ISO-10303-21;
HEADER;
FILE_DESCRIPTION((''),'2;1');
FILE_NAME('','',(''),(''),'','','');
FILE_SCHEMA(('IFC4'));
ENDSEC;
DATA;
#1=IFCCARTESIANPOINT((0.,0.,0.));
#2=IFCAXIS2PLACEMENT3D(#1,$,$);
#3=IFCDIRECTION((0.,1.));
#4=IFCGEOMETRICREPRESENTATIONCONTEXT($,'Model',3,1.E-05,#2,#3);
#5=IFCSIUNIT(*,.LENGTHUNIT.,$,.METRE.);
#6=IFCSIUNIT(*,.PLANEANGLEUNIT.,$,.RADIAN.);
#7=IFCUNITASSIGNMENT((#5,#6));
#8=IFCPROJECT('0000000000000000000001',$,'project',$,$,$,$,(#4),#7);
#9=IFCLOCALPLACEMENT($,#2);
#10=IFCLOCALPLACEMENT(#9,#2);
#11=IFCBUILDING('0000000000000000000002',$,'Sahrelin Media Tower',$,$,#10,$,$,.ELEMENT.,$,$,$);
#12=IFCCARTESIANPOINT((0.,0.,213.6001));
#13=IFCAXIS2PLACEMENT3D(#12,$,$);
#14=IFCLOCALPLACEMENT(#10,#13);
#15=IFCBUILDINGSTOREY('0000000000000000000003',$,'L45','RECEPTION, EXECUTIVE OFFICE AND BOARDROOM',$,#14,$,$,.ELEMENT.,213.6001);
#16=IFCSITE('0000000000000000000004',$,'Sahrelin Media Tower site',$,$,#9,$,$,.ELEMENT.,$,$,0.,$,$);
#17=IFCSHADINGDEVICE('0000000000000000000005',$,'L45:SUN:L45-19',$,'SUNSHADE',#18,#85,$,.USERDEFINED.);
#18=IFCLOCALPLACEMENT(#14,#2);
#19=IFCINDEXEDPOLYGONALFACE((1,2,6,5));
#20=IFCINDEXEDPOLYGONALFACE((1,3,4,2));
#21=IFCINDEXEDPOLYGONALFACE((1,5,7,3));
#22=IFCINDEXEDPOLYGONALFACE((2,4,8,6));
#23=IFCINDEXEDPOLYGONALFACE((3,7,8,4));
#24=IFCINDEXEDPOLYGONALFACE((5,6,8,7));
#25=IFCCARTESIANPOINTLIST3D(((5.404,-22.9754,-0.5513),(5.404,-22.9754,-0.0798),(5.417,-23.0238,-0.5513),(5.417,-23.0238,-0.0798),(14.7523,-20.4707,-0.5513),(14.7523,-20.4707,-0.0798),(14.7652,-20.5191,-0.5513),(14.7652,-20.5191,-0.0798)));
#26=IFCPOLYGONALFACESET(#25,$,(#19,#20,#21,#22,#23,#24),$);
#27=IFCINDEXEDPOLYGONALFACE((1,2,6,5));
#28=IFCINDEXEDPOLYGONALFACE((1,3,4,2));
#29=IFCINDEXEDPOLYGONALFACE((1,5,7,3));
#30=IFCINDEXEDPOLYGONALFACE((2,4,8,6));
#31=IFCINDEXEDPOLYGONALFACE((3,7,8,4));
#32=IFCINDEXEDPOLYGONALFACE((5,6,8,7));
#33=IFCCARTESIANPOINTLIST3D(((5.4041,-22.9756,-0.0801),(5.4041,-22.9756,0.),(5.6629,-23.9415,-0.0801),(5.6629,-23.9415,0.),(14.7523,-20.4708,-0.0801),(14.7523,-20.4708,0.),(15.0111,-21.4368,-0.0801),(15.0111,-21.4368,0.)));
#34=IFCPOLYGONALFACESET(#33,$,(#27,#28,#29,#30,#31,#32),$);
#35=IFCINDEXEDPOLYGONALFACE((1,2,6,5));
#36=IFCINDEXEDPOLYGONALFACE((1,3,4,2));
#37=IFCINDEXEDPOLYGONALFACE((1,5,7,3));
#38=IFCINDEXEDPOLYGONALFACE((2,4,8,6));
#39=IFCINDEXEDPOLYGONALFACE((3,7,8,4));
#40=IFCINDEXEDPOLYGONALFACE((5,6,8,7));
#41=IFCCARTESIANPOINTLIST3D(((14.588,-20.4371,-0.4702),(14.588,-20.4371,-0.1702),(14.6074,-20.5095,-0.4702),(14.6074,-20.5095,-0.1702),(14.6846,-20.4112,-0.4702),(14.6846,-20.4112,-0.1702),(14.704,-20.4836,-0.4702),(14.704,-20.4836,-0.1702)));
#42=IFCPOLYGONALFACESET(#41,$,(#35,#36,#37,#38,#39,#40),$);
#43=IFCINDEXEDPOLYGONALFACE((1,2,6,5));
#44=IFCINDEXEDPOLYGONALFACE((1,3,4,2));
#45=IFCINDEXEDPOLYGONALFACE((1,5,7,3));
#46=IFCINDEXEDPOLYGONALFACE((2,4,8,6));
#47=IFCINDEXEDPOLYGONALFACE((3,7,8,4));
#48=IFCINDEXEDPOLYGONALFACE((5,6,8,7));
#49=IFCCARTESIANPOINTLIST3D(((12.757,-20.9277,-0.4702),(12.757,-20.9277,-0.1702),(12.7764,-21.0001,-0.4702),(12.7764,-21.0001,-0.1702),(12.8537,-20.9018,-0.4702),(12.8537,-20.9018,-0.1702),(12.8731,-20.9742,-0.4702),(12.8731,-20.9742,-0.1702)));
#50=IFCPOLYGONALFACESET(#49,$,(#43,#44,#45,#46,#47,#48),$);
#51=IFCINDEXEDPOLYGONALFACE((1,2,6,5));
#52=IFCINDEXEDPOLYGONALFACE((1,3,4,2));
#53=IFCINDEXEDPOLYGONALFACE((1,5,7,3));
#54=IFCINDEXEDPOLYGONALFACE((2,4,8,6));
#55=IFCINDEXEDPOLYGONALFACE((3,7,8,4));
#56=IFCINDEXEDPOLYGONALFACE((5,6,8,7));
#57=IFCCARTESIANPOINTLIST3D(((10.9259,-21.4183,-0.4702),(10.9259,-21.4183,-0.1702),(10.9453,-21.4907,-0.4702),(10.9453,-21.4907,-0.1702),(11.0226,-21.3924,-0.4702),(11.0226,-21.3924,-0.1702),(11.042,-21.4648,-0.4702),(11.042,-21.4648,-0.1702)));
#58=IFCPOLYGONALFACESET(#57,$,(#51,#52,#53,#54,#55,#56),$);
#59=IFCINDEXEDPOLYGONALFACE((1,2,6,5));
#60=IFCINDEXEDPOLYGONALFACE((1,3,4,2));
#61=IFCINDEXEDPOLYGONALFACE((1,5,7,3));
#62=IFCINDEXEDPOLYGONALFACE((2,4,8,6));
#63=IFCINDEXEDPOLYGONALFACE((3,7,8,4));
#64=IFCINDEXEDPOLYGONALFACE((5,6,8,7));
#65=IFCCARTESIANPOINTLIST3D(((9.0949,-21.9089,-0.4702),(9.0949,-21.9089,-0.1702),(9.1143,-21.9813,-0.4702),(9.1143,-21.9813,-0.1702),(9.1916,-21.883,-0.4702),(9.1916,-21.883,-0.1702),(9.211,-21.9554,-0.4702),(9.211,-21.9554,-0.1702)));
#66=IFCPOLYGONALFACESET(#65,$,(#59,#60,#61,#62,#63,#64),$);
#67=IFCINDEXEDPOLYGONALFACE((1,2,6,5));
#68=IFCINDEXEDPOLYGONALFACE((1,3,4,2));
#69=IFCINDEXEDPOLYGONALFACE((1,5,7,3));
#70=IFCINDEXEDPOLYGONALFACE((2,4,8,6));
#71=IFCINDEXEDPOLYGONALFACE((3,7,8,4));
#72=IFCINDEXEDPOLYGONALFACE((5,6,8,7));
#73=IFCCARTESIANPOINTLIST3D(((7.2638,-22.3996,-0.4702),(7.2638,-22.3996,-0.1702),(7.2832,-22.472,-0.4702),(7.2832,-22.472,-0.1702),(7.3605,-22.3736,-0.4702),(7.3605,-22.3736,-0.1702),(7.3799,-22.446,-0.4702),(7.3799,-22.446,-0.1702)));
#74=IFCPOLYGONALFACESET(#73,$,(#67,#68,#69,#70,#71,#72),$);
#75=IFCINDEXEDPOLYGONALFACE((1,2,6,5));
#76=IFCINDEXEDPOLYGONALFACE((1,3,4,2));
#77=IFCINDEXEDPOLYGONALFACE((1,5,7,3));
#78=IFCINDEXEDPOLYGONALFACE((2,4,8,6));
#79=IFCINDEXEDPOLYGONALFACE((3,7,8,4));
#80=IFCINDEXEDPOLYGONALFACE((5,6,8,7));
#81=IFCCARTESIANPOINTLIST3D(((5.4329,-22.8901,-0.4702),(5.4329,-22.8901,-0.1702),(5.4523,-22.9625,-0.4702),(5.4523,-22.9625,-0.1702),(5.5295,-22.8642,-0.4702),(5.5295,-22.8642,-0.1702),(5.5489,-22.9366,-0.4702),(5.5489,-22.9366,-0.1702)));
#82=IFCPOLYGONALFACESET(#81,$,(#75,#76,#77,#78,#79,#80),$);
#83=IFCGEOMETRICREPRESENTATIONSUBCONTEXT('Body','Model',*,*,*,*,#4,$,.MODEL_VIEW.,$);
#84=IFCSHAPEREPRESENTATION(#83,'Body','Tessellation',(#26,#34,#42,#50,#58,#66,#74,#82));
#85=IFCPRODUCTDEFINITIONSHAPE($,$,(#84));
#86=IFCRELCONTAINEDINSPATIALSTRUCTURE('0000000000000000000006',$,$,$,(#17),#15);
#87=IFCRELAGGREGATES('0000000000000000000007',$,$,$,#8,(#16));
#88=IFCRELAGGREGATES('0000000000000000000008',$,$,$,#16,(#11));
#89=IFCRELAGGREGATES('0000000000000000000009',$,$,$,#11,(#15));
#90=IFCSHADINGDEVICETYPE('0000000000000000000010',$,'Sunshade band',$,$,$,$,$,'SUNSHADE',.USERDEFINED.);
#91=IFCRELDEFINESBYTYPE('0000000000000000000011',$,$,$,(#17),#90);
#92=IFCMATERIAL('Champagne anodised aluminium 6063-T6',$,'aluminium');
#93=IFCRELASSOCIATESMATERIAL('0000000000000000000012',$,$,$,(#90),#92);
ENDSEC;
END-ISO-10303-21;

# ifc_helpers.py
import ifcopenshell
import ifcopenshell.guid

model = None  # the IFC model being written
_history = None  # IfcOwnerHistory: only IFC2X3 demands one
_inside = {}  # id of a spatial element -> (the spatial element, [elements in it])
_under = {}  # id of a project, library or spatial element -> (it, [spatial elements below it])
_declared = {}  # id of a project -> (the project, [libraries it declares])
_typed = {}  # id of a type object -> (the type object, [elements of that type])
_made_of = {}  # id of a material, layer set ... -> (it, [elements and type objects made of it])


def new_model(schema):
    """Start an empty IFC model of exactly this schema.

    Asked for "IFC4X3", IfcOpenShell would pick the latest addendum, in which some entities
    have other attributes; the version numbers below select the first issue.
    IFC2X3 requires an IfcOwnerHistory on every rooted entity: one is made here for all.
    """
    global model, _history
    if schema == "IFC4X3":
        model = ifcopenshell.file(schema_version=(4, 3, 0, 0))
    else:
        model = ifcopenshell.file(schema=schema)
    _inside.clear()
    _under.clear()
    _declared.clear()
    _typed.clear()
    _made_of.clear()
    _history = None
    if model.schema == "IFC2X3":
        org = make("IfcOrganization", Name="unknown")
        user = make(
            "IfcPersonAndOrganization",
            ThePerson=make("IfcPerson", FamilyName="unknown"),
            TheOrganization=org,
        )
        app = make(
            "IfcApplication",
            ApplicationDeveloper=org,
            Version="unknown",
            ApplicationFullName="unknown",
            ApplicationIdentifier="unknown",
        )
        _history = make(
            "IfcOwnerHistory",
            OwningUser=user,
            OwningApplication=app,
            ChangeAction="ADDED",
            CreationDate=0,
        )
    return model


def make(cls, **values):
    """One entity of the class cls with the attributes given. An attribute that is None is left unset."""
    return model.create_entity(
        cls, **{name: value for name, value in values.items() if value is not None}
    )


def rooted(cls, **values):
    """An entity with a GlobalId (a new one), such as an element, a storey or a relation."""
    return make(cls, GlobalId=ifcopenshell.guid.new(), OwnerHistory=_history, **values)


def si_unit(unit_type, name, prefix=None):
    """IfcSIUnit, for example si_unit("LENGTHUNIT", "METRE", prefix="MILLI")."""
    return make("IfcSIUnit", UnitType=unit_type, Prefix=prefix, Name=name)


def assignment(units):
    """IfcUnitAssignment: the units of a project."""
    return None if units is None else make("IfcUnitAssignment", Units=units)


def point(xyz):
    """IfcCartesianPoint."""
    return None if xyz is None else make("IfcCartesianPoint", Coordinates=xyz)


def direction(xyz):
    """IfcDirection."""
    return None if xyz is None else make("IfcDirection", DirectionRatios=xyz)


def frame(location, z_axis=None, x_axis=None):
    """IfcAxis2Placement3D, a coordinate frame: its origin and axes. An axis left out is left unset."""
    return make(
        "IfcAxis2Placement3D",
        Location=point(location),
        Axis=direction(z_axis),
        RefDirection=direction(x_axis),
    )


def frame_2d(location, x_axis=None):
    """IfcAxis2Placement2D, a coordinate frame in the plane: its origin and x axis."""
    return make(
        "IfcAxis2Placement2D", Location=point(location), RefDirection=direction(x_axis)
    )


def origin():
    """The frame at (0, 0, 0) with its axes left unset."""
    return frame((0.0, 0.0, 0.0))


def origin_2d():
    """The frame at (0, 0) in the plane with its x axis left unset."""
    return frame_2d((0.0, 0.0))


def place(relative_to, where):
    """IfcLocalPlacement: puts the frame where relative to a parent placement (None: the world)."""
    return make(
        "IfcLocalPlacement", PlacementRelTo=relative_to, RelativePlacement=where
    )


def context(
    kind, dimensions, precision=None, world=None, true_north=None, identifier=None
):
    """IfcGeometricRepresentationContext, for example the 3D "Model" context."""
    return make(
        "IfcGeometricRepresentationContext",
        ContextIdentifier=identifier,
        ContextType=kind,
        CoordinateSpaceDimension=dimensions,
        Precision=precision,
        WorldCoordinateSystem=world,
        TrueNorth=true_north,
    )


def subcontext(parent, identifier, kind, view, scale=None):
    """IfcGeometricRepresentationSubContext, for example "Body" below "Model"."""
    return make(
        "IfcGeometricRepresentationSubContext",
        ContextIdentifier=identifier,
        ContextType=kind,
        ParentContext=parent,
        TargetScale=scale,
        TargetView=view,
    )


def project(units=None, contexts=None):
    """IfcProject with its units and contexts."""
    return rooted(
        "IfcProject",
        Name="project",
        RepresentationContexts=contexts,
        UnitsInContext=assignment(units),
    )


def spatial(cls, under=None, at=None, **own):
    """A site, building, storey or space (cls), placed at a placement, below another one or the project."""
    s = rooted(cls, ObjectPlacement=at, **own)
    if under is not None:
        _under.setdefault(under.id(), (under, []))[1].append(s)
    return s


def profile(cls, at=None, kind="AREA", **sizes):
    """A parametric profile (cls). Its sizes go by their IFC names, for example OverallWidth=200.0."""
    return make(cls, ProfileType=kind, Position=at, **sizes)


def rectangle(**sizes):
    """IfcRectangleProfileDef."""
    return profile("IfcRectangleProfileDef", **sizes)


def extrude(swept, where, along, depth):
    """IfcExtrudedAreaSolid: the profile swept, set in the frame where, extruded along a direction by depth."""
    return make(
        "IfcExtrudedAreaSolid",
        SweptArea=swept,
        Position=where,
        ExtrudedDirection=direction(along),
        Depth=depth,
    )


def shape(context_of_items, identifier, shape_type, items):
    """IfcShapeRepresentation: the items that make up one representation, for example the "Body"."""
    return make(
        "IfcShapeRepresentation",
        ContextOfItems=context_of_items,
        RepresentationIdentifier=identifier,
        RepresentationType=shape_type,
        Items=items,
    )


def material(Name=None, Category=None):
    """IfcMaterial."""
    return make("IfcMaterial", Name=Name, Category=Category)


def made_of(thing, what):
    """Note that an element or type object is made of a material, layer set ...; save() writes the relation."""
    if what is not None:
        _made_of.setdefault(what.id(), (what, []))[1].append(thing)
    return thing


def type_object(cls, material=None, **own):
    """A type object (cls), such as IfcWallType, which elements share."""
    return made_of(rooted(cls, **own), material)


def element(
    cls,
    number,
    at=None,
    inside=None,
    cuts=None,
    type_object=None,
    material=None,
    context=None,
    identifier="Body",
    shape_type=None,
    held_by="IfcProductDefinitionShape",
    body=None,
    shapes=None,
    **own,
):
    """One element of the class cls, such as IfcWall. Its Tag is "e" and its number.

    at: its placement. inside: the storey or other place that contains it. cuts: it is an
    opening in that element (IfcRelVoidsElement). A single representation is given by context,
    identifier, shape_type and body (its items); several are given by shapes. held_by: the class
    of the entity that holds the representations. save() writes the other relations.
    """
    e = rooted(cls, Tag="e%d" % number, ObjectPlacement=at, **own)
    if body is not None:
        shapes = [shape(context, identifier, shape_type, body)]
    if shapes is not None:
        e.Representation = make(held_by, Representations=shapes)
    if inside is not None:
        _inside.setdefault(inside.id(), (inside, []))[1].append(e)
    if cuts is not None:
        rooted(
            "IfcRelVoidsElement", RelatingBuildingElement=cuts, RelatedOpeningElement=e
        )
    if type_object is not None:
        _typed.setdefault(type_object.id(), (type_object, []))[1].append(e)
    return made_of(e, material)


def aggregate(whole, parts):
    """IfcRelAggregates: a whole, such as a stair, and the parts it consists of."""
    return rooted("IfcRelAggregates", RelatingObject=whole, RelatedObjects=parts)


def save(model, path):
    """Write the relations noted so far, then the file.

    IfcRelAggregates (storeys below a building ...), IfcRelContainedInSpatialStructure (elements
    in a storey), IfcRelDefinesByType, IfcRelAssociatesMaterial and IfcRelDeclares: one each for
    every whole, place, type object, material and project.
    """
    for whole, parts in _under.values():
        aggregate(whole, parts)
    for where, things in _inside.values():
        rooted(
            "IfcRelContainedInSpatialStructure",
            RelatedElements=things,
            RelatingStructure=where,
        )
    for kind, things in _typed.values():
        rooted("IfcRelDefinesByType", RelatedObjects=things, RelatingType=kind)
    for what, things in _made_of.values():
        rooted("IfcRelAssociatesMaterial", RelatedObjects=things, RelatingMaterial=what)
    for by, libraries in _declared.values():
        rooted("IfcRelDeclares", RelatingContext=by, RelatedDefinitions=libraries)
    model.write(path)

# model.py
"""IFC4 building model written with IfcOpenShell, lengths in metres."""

from ifc_helpers import new_model, si_unit, direction, frame, origin, origin_2d, place, context, subcontext, project, spatial, rectangle, extrude, material, type_object, element, save


model = new_model("IFC4")

# Units and contexts
model_context = context("Model", 3, precision=1e-05, world=origin(), true_north=direction((0.0, 1.0)))
body_context = subcontext(model_context, "Body", "Model", "MODEL_VIEW")
ifc_project = project(units=[si_unit("LENGTHUNIT", "METRE"), si_unit("PLANEANGLEUNIT", "RADIAN")], contexts=[model_context])

# Site, building, storey
site_placement = place(None, origin())
site = spatial("IfcSite", under=ifc_project, at=site_placement, Name="Sahrelin Media Tower site", CompositionType="ELEMENT", RefElevation=0.0)
building_placement = place(site_placement, origin())
building = spatial("IfcBuilding", under=site, at=building_placement, Name="Sahrelin Media Tower", CompositionType="ELEMENT")
storey_placement = place(building_placement, frame((0.0, 0.0, 213.6001)))
storey = spatial("IfcBuildingStorey", under=building, at=storey_placement, Name="L45", Description="RECEPTION, EXECUTIVE OFFICE AND BOARDROOM", CompositionType="ELEMENT", Elevation=213.6001)

# Shared definitions
ifc_material_1 = material(Name="Champagne anodised aluminium 6063-T6", Category="aluminium")

# Shading device
placement_1 = place(storey_placement, frame((10.073, -21.7039, 0.0), z_axis=(0.0, 0.0, 1.0), x_axis=(-0.965929, -0.258808, 0.0)))
shading_device_type_1 = type_object("IfcShadingDeviceType", Name="Sunshade band", ElementType="SUNSHADE", PredefinedType="USERDEFINED", material=ifc_material_1)
element("IfcShadingDevice", 1, at=placement_1, inside=storey, type_object=shading_device_type_1, Name="L45:SUN:L45-19", ObjectType="SUNSHADE", PredefinedType="USERDEFINED", context=body_context, shape_type="SweptSolid", body=[
    extrude(rectangle(XDim=9.678, YDim=0.05, at=origin_2d()), frame((0.0, 0.0449, -0.5513)), (0.0, 0.0, 1.0), 0.4714),
    extrude(rectangle(XDim=9.678, YDim=1.0, at=origin_2d()), frame((0.0, 0.52, -0.0801)), (0.0, 0.0, 1.0), 0.0801),
    extrude(rectangle(XDim=0.1001, YDim=0.075, at=origin_2d()), frame((-4.739, -0.0176, -0.4702)), (0.0, 0.0, 1.0), 0.3),
    extrude(rectangle(XDim=0.1001, YDim=0.075, at=origin_2d()), frame((-2.8435, -0.0176, -0.4702)), (0.0, 0.0, 1.0), 0.3),
    extrude(rectangle(XDim=0.1001, YDim=0.075, at=origin_2d()), frame((-0.9478, -0.0176, -0.4702)), (0.0, 0.0, 1.0), 0.3),
    extrude(rectangle(XDim=0.1001, YDim=0.075, at=origin_2d()), frame((0.9478, -0.0176, -0.4702)), (0.0, 0.0, 1.0), 0.3),
    extrude(rectangle(XDim=0.1001, YDim=0.075, at=origin_2d()), frame((2.8435, -0.0176, -0.4702)), (0.0, 0.0, 1.0), 0.3),
    extrude(rectangle(XDim=0.1001, YDim=0.075, at=origin_2d()), frame((4.739, -0.0176, -0.4702)), (0.0, 0.0, 1.0), 0.3),
])

save(model, "model.ifc")
